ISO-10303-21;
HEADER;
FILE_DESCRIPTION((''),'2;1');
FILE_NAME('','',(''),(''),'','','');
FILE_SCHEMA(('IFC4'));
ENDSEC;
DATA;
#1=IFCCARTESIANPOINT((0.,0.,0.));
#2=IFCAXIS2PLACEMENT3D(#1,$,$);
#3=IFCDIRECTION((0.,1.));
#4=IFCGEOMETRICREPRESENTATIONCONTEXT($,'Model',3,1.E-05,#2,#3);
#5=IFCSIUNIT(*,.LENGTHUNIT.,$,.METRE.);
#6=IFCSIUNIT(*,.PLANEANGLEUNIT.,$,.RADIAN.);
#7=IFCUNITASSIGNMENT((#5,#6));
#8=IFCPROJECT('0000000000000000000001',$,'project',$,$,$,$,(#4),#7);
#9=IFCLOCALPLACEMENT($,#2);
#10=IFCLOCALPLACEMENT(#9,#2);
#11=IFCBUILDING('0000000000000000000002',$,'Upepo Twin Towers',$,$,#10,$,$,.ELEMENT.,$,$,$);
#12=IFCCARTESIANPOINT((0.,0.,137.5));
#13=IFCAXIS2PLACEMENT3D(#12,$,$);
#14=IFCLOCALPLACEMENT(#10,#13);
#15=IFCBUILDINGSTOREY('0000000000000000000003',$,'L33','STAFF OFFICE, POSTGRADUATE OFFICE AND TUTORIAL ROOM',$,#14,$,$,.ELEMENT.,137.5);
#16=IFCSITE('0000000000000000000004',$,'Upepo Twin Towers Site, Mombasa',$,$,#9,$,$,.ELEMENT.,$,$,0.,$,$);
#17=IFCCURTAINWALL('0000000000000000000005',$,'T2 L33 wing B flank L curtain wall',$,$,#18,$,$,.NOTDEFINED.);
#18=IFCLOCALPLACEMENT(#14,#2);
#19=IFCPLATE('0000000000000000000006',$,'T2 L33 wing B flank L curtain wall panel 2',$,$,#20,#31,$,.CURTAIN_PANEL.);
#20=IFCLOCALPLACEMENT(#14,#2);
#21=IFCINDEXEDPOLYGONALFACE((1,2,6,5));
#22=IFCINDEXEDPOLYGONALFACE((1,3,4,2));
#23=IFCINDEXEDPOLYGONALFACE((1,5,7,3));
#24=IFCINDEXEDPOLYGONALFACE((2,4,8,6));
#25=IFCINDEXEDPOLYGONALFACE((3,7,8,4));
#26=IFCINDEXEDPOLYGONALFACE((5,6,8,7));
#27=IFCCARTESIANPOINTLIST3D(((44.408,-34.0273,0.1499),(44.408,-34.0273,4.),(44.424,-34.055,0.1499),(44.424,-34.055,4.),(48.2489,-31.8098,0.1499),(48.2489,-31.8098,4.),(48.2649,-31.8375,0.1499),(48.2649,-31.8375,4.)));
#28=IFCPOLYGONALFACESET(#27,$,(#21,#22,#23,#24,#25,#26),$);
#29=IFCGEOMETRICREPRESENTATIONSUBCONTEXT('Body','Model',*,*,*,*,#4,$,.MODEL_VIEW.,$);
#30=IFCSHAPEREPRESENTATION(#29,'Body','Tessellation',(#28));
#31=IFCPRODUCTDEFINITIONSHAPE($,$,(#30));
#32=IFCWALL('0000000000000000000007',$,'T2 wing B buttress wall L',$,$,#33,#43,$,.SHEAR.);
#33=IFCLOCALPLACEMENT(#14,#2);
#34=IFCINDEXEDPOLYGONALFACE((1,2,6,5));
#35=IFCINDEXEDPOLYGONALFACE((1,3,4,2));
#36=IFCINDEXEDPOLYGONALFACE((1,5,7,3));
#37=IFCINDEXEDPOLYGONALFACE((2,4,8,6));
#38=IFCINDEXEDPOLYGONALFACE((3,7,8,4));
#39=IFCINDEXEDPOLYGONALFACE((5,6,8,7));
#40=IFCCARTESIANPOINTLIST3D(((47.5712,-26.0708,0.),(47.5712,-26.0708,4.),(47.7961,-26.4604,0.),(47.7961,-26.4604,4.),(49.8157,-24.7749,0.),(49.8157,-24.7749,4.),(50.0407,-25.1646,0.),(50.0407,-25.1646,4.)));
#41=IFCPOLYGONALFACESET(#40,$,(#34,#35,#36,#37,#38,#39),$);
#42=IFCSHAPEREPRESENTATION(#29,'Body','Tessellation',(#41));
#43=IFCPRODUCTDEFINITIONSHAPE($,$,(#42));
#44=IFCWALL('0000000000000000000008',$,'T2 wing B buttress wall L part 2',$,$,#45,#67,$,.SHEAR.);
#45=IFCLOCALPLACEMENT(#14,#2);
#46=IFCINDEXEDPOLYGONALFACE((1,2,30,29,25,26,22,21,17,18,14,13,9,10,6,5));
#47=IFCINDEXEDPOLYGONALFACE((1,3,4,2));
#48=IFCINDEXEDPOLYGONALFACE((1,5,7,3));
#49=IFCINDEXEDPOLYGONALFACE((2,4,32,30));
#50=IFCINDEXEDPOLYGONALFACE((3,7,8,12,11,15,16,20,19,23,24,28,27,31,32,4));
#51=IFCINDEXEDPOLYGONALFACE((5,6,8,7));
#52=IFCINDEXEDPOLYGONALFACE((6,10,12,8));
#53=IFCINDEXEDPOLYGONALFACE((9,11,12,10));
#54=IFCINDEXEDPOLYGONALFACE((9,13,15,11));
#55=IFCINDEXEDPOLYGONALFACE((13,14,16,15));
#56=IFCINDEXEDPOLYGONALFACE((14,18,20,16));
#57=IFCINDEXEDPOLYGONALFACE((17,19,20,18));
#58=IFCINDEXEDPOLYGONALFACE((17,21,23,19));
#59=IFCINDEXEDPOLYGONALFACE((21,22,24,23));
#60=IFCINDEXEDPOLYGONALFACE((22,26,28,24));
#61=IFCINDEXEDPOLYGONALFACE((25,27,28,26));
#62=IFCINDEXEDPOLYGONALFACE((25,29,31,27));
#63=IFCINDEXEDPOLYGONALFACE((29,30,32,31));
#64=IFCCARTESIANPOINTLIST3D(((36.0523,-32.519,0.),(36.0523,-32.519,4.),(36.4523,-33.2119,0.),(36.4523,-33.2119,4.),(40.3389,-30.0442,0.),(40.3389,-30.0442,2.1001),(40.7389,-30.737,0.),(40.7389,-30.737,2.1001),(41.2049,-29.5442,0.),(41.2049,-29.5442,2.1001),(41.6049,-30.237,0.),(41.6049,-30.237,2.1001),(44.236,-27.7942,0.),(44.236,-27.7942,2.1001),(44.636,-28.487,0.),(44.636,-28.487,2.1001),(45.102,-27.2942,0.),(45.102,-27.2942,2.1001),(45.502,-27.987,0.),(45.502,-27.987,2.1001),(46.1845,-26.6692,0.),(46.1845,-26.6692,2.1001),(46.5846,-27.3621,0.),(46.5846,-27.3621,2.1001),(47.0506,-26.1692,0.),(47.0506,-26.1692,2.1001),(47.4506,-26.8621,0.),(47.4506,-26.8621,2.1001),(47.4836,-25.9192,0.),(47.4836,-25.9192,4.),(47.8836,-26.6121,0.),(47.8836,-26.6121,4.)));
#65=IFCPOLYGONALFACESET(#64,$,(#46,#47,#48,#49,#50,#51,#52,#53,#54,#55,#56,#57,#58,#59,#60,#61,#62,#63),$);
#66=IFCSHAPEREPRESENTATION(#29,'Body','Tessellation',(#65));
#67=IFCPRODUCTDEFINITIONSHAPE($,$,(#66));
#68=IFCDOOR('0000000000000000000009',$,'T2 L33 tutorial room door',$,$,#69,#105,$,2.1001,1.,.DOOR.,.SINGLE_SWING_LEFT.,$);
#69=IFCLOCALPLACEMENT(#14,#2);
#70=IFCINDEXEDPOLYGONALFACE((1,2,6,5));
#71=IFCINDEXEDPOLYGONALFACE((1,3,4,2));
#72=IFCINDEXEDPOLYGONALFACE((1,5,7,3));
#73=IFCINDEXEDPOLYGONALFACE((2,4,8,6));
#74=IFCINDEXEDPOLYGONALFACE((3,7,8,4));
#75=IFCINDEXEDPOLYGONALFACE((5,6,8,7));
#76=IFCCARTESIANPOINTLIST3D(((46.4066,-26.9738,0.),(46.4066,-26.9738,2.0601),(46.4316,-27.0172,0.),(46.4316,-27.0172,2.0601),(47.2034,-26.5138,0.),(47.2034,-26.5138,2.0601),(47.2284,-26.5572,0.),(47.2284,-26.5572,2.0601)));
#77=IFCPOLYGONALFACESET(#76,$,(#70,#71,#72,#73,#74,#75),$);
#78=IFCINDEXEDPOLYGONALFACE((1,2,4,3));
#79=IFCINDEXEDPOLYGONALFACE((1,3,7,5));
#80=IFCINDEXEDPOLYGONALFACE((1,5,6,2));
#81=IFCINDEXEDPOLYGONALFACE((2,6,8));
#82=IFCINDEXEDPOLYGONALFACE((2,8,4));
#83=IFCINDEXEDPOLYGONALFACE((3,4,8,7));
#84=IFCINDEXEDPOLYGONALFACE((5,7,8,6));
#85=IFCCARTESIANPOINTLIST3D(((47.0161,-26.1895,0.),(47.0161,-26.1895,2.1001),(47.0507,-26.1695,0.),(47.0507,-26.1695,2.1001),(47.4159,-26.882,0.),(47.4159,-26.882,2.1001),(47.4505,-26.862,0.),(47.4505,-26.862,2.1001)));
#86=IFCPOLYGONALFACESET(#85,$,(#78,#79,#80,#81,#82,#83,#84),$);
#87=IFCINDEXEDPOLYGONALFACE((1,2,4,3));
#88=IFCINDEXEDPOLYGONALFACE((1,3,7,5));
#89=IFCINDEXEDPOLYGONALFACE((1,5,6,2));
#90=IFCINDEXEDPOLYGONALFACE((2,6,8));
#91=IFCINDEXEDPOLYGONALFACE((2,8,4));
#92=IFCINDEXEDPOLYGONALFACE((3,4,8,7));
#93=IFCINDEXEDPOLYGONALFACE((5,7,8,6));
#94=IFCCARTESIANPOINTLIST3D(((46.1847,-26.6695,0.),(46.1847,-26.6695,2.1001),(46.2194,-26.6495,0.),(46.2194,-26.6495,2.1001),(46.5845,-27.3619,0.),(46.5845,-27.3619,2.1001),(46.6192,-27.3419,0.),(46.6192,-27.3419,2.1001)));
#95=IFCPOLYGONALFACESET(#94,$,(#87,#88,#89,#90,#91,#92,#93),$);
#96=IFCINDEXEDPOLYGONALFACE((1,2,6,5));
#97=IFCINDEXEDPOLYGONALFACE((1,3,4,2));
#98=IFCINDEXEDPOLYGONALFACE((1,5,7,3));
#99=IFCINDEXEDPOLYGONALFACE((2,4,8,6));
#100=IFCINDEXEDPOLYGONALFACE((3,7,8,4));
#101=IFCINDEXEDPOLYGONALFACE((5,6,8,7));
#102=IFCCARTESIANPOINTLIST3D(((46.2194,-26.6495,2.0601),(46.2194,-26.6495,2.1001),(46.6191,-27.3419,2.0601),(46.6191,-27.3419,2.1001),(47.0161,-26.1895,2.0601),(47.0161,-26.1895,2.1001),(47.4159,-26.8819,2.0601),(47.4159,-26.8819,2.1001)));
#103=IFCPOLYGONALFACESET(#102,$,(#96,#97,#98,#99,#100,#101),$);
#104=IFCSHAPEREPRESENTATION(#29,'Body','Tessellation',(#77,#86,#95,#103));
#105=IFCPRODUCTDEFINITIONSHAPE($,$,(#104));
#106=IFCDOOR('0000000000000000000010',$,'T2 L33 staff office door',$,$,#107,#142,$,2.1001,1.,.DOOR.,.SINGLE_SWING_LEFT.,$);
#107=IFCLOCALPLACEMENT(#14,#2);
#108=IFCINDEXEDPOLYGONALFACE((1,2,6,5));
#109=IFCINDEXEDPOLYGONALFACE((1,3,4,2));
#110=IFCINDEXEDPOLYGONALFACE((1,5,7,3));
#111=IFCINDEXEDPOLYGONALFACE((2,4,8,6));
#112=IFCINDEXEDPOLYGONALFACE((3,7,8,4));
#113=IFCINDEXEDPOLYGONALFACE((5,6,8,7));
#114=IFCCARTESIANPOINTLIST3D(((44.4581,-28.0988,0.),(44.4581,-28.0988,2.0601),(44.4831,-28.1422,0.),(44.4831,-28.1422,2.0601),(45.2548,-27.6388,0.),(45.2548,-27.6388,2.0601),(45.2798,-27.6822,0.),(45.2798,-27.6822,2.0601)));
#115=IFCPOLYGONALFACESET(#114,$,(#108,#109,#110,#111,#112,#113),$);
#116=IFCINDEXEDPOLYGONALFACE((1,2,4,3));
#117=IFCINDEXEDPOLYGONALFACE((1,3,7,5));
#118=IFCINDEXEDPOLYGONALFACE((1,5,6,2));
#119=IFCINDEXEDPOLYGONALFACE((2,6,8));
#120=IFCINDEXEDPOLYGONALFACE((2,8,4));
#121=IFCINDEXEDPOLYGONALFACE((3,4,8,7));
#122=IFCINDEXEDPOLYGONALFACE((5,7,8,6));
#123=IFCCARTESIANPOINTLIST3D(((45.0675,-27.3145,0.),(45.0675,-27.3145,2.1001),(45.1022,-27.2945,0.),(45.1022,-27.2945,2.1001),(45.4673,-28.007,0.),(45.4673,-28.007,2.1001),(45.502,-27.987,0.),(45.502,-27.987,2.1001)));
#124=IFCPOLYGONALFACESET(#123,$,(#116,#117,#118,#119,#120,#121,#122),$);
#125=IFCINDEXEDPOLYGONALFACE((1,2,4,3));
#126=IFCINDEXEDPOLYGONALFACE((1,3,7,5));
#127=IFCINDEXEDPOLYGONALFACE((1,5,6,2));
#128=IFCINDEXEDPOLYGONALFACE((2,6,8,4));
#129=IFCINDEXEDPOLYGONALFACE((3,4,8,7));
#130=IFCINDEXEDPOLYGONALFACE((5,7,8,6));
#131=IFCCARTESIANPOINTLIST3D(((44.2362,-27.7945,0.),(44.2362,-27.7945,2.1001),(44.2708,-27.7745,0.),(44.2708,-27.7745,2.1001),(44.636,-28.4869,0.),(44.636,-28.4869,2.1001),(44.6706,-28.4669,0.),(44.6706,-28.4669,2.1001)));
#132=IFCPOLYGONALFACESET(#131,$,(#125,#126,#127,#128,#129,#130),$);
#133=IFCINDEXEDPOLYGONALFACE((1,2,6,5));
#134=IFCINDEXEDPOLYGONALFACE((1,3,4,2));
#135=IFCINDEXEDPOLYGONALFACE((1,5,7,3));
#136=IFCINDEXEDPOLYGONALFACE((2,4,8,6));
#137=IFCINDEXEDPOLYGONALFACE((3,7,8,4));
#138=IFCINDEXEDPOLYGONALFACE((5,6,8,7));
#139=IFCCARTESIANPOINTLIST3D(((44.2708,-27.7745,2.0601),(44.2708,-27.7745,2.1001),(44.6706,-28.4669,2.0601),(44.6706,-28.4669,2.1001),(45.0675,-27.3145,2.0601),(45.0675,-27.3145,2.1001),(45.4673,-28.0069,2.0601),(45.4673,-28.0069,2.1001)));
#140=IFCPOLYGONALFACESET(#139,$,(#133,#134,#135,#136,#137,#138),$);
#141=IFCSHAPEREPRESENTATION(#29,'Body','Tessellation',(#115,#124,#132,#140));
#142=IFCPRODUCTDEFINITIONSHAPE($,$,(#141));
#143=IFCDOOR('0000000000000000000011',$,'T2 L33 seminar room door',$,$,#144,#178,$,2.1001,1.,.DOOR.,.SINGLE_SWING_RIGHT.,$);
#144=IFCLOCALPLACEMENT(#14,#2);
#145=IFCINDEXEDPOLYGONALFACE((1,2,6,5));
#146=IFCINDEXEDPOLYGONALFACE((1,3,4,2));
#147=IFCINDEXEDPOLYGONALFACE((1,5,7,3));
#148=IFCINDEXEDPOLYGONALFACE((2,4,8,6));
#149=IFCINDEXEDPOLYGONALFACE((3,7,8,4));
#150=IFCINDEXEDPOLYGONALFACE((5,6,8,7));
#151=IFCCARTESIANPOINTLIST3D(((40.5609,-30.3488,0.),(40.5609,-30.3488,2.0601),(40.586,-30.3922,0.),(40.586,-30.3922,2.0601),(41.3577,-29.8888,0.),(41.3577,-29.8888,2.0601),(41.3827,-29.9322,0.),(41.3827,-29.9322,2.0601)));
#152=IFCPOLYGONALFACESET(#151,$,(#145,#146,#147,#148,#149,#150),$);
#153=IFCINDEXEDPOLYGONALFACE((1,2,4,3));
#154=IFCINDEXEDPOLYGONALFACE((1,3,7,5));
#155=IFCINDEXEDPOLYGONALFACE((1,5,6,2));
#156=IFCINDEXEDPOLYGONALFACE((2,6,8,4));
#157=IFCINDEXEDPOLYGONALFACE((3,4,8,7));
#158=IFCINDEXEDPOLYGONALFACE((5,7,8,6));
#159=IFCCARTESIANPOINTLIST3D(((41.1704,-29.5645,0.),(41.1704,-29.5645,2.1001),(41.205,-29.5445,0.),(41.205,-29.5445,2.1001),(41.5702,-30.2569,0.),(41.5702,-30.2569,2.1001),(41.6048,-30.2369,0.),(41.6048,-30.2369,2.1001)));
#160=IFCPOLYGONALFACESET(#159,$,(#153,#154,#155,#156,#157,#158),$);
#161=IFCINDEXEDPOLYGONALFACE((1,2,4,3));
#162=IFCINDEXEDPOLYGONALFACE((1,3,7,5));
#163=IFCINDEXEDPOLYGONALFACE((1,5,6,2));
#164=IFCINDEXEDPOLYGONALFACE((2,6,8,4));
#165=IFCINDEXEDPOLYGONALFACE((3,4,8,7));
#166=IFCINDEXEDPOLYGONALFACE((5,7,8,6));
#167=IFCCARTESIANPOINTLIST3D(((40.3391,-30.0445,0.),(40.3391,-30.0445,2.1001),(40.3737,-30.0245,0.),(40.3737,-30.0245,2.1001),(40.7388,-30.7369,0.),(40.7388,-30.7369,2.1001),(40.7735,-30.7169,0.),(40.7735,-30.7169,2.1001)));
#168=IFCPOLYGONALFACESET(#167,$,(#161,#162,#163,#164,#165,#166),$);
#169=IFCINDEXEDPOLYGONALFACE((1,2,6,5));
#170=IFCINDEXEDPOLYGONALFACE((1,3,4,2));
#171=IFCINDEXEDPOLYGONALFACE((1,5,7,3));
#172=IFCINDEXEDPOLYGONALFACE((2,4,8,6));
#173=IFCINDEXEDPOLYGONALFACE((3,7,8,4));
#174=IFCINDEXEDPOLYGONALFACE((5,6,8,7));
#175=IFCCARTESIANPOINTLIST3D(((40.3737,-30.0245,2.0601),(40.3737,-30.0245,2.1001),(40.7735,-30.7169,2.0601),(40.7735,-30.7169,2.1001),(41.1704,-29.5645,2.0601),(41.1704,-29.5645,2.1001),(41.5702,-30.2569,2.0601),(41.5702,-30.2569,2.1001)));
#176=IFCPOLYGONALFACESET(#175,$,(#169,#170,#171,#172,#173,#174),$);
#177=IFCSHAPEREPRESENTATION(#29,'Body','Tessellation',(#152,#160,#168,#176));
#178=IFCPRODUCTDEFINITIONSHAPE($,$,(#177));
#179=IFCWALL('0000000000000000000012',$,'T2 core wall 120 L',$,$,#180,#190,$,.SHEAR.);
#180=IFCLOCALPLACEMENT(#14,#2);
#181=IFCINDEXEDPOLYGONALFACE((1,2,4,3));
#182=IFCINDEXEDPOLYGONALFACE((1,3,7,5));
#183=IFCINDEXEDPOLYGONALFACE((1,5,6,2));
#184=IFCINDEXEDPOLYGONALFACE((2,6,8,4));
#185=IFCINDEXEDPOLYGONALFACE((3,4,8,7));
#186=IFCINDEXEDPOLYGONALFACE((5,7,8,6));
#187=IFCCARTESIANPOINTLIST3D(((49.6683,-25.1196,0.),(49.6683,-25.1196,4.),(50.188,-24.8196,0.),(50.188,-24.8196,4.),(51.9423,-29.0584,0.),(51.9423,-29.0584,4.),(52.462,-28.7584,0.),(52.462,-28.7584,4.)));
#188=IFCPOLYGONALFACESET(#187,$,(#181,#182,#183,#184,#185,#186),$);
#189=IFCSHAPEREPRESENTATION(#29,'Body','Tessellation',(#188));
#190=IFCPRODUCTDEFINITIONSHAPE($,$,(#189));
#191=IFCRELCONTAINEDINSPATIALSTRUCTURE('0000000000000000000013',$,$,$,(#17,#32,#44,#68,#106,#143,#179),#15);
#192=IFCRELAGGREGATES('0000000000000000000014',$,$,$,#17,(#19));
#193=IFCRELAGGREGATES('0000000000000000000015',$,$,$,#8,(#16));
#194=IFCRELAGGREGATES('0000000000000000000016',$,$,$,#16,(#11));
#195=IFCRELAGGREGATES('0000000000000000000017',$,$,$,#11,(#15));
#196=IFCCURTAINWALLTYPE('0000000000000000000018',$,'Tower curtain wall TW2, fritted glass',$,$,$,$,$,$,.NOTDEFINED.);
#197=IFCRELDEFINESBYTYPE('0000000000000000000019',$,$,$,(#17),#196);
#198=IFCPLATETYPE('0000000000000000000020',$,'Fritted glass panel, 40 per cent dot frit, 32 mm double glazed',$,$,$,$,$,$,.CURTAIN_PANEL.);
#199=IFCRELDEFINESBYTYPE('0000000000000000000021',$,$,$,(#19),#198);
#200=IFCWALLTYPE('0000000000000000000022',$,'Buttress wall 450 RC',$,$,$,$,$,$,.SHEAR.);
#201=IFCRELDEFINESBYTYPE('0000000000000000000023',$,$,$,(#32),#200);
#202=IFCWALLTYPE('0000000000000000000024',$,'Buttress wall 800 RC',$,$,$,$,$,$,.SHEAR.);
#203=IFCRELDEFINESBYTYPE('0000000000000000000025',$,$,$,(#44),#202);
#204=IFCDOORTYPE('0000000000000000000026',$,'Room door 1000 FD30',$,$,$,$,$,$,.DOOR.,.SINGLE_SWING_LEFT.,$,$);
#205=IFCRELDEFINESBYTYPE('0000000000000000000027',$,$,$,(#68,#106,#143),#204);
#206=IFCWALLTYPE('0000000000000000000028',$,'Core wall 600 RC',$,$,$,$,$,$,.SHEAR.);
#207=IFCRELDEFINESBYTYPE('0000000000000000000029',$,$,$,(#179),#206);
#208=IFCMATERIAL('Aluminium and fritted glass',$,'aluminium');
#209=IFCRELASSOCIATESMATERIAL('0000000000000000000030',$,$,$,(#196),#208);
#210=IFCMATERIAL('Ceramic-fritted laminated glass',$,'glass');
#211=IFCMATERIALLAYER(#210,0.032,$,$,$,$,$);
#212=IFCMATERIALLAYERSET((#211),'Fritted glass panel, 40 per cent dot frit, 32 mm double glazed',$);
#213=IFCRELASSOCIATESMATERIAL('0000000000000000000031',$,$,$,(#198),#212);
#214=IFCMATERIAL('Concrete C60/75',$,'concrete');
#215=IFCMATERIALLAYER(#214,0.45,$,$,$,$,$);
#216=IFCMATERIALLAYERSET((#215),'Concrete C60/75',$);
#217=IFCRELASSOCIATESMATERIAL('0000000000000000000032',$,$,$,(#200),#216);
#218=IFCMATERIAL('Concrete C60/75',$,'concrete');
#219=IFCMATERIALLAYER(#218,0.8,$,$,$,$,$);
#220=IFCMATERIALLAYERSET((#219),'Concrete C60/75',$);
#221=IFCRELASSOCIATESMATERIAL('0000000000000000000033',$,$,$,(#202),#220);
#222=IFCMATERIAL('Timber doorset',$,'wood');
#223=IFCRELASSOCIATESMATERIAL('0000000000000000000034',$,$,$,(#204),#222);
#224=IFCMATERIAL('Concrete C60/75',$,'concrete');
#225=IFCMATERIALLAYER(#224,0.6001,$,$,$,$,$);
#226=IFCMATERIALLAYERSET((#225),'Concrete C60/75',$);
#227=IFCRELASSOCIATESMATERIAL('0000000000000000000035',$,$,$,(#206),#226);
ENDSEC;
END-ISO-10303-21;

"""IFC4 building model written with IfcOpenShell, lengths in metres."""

from ifc_helpers import new_model, si_unit, direction, frame, frame_2d, origin, origin_2d, place, context, subcontext, project, spatial, rectangle, extrude, material, layer, layer_set, type_object, element, fill, aggregate, save


model = new_model("IFC4")

# Units and contexts
model_context = context("Model", 3, precision=1e-05, world=origin(), true_north=direction((0.0, 1.0)))
body_context = subcontext(model_context, "Body", "Model", "MODEL_VIEW")
ifc_project = project(units=[si_unit("LENGTHUNIT", "METRE"), si_unit("PLANEANGLEUNIT", "RADIAN")], contexts=[model_context])

# Site, building, storey
site_placement = place(None, origin())
site = spatial("IfcSite", under=ifc_project, at=site_placement, Name="Upepo Twin Towers Site, Mombasa", CompositionType="ELEMENT", RefElevation=0.0)
building_placement = place(site_placement, origin())
building = spatial("IfcBuilding", under=site, at=building_placement, Name="Upepo Twin Towers", CompositionType="ELEMENT")
storey_placement = place(building_placement, frame((0.0, 0.0, 137.5)))
storey = spatial("IfcBuildingStorey", under=building, at=storey_placement, Name="L33", Description="STAFF OFFICE, POSTGRADUATE OFFICE AND TUTORIAL ROOM", CompositionType="ELEMENT", Elevation=137.5)

# Curtain wall, plate
ifc_material_1 = material(Name="Aluminium and fritted glass", Category="aluminium")
curtain_wall_type = type_object("IfcCurtainWallType", Name="Tower curtain wall TW2, fritted glass", PredefinedType="NOTDEFINED", material=ifc_material_1)
curtain_wall_placement = place(storey_placement, origin())
curtain_wall = element("IfcCurtainWall", 1, at=curtain_wall_placement, inside=storey, type_object=curtain_wall_type, Name="T2 L33 wing B flank L curtain wall", PredefinedType="NOTDEFINED")
ifc_material_2 = material(Name="Ceramic-fritted laminated glass", Category="glass")
ifc_layer_1 = layer(ifc_material_2, 0.032)
ifc_layer_set_1 = layer_set([ifc_layer_1], Name="Fritted glass panel, 40 per cent dot frit, 32 mm double glazed")
plate_type = type_object("IfcPlateType", Name="Fritted glass panel, 40 per cent dot frit, 32 mm double glazed", PredefinedType="CURTAIN_PANEL", material=ifc_layer_set_1)
plate_1_placement = place(storey_placement, frame((46.3364, -32.9324, 0.1499), z_axis=(0.0, 0.0, 1.0), x_axis=(-0.866025, -0.5, 0.0)))
plate_1 = element("IfcPlate", 2, at=plate_1_placement, type_object=plate_type, Name="T2 L33 wing B flank L curtain wall panel 2", PredefinedType="CURTAIN_PANEL", context=body_context, shape_type="SweptSolid", body=[
    extrude(rectangle(XDim=4.4351, YDim=0.032, at=origin_2d()), origin(), (0.0, 0.0, 1.0), 3.8501),
])
aggregate(curtain_wall, [plate_1])

# Wall
ifc_material_3 = material(Name="Concrete C60/75", Category="concrete")
ifc_layer_2 = layer(ifc_material_3, 0.45)
ifc_layer_set_2 = layer_set([ifc_layer_2], Name="Concrete C60/75")
wall_type_1 = type_object("IfcWallType", Name="Buttress wall 450 RC", PredefinedType="SHEAR", material=ifc_layer_set_2)
wall_1_placement = place(storey_placement, frame((49.9282, -24.9697, 0.0), z_axis=(0.0, 0.0, 1.0), x_axis=(-0.866032, -0.499989, 0.0)))
element("IfcWall", 3, at=wall_1_placement, inside=storey, type_object=wall_type_1, Name="T2 wing B buttress wall L", PredefinedType="SHEAR", context=body_context, shape_type="SweptSolid", body=[
    extrude(rectangle(XDim=2.5918, YDim=0.45, at=frame_2d((1.2959, 0.0))), origin(), (0.0, 0.0, 1.0), 4.0),
])

# Wall, openings, doors
ifc_material_4 = material(Name="Concrete C60/75", Category="concrete")
ifc_layer_3 = layer(ifc_material_4, 0.8)
ifc_layer_set_3 = layer_set([ifc_layer_3], Name="Concrete C60/75")
wall_type_2 = type_object("IfcWallType", Name="Buttress wall 800 RC", PredefinedType="SHEAR", material=ifc_layer_set_3)
wall_2_placement = place(storey_placement, frame((47.6836, -26.2656, 0.0), z_axis=(0.0, 0.0, 1.0), x_axis=(-0.866028, -0.499996, 0.0)))
wall_2 = element("IfcWall", 4, at=wall_2_placement, inside=storey, type_object=wall_type_2, Name="T2 wing B buttress wall L part 2", PredefinedType="SHEAR", context=body_context, shape_type="SweptSolid", body=[
    extrude(rectangle(XDim=13.1997, YDim=0.8, at=frame_2d((6.5999, 0.0))), origin(), (0.0, 0.0, 1.0), 4.0),
])
opening_1_placement = place(wall_2_placement, frame((0.5, 0.0, 0.0)))
opening_1 = element("IfcOpeningElement", 5, at=opening_1_placement, cuts=wall_2, PredefinedType="OPENING", context=body_context, shape_type="SweptSolid", body=[
    extrude(rectangle(XDim=1.0, YDim=2.1001, at=frame_2d((0.5, 1.05))), frame((0.0, 0.4099, 0.0), z_axis=(0.0, -1.0, 0.0), x_axis=(1.0, 0.0, 0.0)), (0.0, 0.0, 1.0), 0.8201),
])
opening_2_placement = place(wall_2_placement, frame((2.75, 0.0, 0.0)))
opening_2 = element("IfcOpeningElement", 6, at=opening_2_placement, cuts=wall_2, PredefinedType="OPENING", context=body_context, shape_type="SweptSolid", body=[
    extrude(rectangle(XDim=1.0, YDim=2.1001, at=frame_2d((0.5, 1.05))), frame((0.0, 0.4099, 0.0), z_axis=(0.0, -1.0, 0.0), x_axis=(1.0, 0.0, 0.0)), (0.0, 0.0, 1.0), 0.8201),
])
opening_3_placement = place(wall_2_placement, frame((7.25, 0.0, 0.0)))
opening_3 = element("IfcOpeningElement", 7, at=opening_3_placement, cuts=wall_2, PredefinedType="OPENING", context=body_context, shape_type="SweptSolid", body=[
    extrude(rectangle(XDim=1.0, YDim=2.1001, at=frame_2d((0.5, 1.05))), frame((0.0, 0.4099, 0.0), z_axis=(0.0, -1.0, 0.0), x_axis=(1.0, 0.0, 0.0)), (0.0, 0.0, 1.0), 0.8201),
])
ifc_material_5 = material(Name="Timber doorset", Category="wood")
door_type_1 = type_object("IfcDoorType", Name="Room door 1000 FD30", OperationType="SINGLE_SWING_LEFT", PredefinedType="DOOR", material=ifc_material_5)
door_1_placement = place(opening_1_placement, origin())
door_1 = element("IfcDoor", 8, at=door_1_placement, inside=storey, type_object=door_type_1, Name="T2 L33 tutorial room door", OperationType="SINGLE_SWING_LEFT", OverallHeight=2.1001, OverallWidth=1.0, PredefinedType="DOOR", context=body_context, shape_type="SweptSolid", body=[
    extrude(rectangle(XDim=0.92, YDim=2.0601, at=frame_2d((0.5, 1.03))), frame((0.0, 0.0249, 0.0), z_axis=(0.0, -1.0, 0.0), x_axis=(1.0, 0.0, 0.0)), (0.0, 0.0, 1.0), 0.05),
    extrude(rectangle(XDim=0.04, YDim=2.1001, at=frame_2d((0.02, 1.05))), frame((0.0, 0.3999, 0.0), z_axis=(0.0, -1.0, 0.0), x_axis=(1.0, 0.0, 0.0)), (0.0, 0.0, 1.0), 0.7996),
    extrude(rectangle(XDim=0.04, YDim=2.1001, at=frame_2d((0.98, 1.05))), frame((0.0, 0.3999, 0.0), z_axis=(0.0, -1.0, 0.0), x_axis=(1.0, 0.0, 0.0)), (0.0, 0.0, 1.0), 0.7996),
    extrude(rectangle(XDim=0.92, YDim=0.04, at=frame_2d((0.5, 2.0801))), frame((0.0, 0.3999, 0.0), z_axis=(0.0, -1.0, 0.0), x_axis=(1.0, 0.0, 0.0)), (0.0, 0.0, 1.0), 0.7996),
])
fill(opening_1, door_1)
door_2_placement = place(opening_2_placement, origin())
door_2 = element("IfcDoor", 9, at=door_2_placement, inside=storey, type_object=door_type_1, Name="T2 L33 staff office door", OperationType="SINGLE_SWING_LEFT", OverallHeight=2.1001, OverallWidth=1.0, PredefinedType="DOOR", context=body_context, shape_type="SweptSolid", body=[
    extrude(rectangle(XDim=0.92, YDim=2.0601, at=frame_2d((0.5, 1.03))), frame((0.0, 0.0249, 0.0), z_axis=(0.0, -1.0, 0.0), x_axis=(1.0, 0.0, 0.0)), (0.0, 0.0, 1.0), 0.05),
    extrude(rectangle(XDim=0.04, YDim=2.1001, at=frame_2d((0.02, 1.05))), frame((0.0, 0.3999, 0.0), z_axis=(0.0, -1.0, 0.0), x_axis=(1.0, 0.0, 0.0)), (0.0, 0.0, 1.0), 0.7996),
    extrude(rectangle(XDim=0.04, YDim=2.1001, at=frame_2d((0.98, 1.05))), frame((0.0, 0.3999, 0.0), z_axis=(0.0, -1.0, 0.0), x_axis=(1.0, 0.0, 0.0)), (0.0, 0.0, 1.0), 0.7996),
    extrude(rectangle(XDim=0.92, YDim=0.04, at=frame_2d((0.5, 2.0801))), frame((0.0, 0.3999, 0.0), z_axis=(0.0, -1.0, 0.0), x_axis=(1.0, 0.0, 0.0)), (0.0, 0.0, 1.0), 0.7996),
])
fill(opening_2, door_2)
door_3_placement = place(opening_3_placement, origin())
door_3 = element("IfcDoor", 10, at=door_3_placement, inside=storey, type_object=door_type_1, Name="T2 L33 seminar room door", OperationType="SINGLE_SWING_RIGHT", OverallHeight=2.1001, OverallWidth=1.0, PredefinedType="DOOR", context=body_context, shape_type="SweptSolid", body=[
    extrude(rectangle(XDim=0.92, YDim=2.0601, at=frame_2d((0.5, 1.03))), frame((0.0, 0.0249, 0.0), z_axis=(0.0, -1.0, 0.0), x_axis=(1.0, 0.0, 0.0)), (0.0, 0.0, 1.0), 0.05),
    extrude(rectangle(XDim=0.04, YDim=2.1001, at=frame_2d((0.02, 1.05))), frame((0.0, 0.3999, 0.0), z_axis=(0.0, -1.0, 0.0), x_axis=(1.0, 0.0, 0.0)), (0.0, 0.0, 1.0), 0.7996),
    extrude(rectangle(XDim=0.04, YDim=2.1001, at=frame_2d((0.98, 1.05))), frame((0.0, 0.3999, 0.0), z_axis=(0.0, -1.0, 0.0), x_axis=(1.0, 0.0, 0.0)), (0.0, 0.0, 1.0), 0.7996),
    extrude(rectangle(XDim=0.92, YDim=0.04, at=frame_2d((0.5, 2.0801))), frame((0.0, 0.3999, 0.0), z_axis=(0.0, -1.0, 0.0), x_axis=(1.0, 0.0, 0.0)), (0.0, 0.0, 1.0), 0.7996),
])
fill(opening_3, door_3)

# Wall
ifc_material_6 = material(Name="Concrete C60/75", Category="concrete")
ifc_layer_4 = layer(ifc_material_6, 0.6001)
ifc_layer_set_4 = layer_set([ifc_layer_4], Name="Concrete C60/75")
wall_type_3 = type_object("IfcWallType", Name="Core wall 600 RC", PredefinedType="SHEAR", material=ifc_layer_set_4)
wall_3_placement = place(storey_placement, frame((49.9282, -24.9697, 0.0), z_axis=(0.0, 0.0, 1.0), x_axis=(0.499984, -0.866035, 0.0)))
element("IfcWall", 11, at=wall_3_placement, inside=storey, type_object=wall_type_3, Name="T2 core wall 120 L", PredefinedType="SHEAR", context=body_context, shape_type="SweptSolid", body=[
    extrude(rectangle(XDim=4.5481, YDim=0.6001, at=frame_2d((2.2739, 0.0))), origin(), (0.0, 0.0, 1.0), 4.0),
])

save(model, "model.ifc")
